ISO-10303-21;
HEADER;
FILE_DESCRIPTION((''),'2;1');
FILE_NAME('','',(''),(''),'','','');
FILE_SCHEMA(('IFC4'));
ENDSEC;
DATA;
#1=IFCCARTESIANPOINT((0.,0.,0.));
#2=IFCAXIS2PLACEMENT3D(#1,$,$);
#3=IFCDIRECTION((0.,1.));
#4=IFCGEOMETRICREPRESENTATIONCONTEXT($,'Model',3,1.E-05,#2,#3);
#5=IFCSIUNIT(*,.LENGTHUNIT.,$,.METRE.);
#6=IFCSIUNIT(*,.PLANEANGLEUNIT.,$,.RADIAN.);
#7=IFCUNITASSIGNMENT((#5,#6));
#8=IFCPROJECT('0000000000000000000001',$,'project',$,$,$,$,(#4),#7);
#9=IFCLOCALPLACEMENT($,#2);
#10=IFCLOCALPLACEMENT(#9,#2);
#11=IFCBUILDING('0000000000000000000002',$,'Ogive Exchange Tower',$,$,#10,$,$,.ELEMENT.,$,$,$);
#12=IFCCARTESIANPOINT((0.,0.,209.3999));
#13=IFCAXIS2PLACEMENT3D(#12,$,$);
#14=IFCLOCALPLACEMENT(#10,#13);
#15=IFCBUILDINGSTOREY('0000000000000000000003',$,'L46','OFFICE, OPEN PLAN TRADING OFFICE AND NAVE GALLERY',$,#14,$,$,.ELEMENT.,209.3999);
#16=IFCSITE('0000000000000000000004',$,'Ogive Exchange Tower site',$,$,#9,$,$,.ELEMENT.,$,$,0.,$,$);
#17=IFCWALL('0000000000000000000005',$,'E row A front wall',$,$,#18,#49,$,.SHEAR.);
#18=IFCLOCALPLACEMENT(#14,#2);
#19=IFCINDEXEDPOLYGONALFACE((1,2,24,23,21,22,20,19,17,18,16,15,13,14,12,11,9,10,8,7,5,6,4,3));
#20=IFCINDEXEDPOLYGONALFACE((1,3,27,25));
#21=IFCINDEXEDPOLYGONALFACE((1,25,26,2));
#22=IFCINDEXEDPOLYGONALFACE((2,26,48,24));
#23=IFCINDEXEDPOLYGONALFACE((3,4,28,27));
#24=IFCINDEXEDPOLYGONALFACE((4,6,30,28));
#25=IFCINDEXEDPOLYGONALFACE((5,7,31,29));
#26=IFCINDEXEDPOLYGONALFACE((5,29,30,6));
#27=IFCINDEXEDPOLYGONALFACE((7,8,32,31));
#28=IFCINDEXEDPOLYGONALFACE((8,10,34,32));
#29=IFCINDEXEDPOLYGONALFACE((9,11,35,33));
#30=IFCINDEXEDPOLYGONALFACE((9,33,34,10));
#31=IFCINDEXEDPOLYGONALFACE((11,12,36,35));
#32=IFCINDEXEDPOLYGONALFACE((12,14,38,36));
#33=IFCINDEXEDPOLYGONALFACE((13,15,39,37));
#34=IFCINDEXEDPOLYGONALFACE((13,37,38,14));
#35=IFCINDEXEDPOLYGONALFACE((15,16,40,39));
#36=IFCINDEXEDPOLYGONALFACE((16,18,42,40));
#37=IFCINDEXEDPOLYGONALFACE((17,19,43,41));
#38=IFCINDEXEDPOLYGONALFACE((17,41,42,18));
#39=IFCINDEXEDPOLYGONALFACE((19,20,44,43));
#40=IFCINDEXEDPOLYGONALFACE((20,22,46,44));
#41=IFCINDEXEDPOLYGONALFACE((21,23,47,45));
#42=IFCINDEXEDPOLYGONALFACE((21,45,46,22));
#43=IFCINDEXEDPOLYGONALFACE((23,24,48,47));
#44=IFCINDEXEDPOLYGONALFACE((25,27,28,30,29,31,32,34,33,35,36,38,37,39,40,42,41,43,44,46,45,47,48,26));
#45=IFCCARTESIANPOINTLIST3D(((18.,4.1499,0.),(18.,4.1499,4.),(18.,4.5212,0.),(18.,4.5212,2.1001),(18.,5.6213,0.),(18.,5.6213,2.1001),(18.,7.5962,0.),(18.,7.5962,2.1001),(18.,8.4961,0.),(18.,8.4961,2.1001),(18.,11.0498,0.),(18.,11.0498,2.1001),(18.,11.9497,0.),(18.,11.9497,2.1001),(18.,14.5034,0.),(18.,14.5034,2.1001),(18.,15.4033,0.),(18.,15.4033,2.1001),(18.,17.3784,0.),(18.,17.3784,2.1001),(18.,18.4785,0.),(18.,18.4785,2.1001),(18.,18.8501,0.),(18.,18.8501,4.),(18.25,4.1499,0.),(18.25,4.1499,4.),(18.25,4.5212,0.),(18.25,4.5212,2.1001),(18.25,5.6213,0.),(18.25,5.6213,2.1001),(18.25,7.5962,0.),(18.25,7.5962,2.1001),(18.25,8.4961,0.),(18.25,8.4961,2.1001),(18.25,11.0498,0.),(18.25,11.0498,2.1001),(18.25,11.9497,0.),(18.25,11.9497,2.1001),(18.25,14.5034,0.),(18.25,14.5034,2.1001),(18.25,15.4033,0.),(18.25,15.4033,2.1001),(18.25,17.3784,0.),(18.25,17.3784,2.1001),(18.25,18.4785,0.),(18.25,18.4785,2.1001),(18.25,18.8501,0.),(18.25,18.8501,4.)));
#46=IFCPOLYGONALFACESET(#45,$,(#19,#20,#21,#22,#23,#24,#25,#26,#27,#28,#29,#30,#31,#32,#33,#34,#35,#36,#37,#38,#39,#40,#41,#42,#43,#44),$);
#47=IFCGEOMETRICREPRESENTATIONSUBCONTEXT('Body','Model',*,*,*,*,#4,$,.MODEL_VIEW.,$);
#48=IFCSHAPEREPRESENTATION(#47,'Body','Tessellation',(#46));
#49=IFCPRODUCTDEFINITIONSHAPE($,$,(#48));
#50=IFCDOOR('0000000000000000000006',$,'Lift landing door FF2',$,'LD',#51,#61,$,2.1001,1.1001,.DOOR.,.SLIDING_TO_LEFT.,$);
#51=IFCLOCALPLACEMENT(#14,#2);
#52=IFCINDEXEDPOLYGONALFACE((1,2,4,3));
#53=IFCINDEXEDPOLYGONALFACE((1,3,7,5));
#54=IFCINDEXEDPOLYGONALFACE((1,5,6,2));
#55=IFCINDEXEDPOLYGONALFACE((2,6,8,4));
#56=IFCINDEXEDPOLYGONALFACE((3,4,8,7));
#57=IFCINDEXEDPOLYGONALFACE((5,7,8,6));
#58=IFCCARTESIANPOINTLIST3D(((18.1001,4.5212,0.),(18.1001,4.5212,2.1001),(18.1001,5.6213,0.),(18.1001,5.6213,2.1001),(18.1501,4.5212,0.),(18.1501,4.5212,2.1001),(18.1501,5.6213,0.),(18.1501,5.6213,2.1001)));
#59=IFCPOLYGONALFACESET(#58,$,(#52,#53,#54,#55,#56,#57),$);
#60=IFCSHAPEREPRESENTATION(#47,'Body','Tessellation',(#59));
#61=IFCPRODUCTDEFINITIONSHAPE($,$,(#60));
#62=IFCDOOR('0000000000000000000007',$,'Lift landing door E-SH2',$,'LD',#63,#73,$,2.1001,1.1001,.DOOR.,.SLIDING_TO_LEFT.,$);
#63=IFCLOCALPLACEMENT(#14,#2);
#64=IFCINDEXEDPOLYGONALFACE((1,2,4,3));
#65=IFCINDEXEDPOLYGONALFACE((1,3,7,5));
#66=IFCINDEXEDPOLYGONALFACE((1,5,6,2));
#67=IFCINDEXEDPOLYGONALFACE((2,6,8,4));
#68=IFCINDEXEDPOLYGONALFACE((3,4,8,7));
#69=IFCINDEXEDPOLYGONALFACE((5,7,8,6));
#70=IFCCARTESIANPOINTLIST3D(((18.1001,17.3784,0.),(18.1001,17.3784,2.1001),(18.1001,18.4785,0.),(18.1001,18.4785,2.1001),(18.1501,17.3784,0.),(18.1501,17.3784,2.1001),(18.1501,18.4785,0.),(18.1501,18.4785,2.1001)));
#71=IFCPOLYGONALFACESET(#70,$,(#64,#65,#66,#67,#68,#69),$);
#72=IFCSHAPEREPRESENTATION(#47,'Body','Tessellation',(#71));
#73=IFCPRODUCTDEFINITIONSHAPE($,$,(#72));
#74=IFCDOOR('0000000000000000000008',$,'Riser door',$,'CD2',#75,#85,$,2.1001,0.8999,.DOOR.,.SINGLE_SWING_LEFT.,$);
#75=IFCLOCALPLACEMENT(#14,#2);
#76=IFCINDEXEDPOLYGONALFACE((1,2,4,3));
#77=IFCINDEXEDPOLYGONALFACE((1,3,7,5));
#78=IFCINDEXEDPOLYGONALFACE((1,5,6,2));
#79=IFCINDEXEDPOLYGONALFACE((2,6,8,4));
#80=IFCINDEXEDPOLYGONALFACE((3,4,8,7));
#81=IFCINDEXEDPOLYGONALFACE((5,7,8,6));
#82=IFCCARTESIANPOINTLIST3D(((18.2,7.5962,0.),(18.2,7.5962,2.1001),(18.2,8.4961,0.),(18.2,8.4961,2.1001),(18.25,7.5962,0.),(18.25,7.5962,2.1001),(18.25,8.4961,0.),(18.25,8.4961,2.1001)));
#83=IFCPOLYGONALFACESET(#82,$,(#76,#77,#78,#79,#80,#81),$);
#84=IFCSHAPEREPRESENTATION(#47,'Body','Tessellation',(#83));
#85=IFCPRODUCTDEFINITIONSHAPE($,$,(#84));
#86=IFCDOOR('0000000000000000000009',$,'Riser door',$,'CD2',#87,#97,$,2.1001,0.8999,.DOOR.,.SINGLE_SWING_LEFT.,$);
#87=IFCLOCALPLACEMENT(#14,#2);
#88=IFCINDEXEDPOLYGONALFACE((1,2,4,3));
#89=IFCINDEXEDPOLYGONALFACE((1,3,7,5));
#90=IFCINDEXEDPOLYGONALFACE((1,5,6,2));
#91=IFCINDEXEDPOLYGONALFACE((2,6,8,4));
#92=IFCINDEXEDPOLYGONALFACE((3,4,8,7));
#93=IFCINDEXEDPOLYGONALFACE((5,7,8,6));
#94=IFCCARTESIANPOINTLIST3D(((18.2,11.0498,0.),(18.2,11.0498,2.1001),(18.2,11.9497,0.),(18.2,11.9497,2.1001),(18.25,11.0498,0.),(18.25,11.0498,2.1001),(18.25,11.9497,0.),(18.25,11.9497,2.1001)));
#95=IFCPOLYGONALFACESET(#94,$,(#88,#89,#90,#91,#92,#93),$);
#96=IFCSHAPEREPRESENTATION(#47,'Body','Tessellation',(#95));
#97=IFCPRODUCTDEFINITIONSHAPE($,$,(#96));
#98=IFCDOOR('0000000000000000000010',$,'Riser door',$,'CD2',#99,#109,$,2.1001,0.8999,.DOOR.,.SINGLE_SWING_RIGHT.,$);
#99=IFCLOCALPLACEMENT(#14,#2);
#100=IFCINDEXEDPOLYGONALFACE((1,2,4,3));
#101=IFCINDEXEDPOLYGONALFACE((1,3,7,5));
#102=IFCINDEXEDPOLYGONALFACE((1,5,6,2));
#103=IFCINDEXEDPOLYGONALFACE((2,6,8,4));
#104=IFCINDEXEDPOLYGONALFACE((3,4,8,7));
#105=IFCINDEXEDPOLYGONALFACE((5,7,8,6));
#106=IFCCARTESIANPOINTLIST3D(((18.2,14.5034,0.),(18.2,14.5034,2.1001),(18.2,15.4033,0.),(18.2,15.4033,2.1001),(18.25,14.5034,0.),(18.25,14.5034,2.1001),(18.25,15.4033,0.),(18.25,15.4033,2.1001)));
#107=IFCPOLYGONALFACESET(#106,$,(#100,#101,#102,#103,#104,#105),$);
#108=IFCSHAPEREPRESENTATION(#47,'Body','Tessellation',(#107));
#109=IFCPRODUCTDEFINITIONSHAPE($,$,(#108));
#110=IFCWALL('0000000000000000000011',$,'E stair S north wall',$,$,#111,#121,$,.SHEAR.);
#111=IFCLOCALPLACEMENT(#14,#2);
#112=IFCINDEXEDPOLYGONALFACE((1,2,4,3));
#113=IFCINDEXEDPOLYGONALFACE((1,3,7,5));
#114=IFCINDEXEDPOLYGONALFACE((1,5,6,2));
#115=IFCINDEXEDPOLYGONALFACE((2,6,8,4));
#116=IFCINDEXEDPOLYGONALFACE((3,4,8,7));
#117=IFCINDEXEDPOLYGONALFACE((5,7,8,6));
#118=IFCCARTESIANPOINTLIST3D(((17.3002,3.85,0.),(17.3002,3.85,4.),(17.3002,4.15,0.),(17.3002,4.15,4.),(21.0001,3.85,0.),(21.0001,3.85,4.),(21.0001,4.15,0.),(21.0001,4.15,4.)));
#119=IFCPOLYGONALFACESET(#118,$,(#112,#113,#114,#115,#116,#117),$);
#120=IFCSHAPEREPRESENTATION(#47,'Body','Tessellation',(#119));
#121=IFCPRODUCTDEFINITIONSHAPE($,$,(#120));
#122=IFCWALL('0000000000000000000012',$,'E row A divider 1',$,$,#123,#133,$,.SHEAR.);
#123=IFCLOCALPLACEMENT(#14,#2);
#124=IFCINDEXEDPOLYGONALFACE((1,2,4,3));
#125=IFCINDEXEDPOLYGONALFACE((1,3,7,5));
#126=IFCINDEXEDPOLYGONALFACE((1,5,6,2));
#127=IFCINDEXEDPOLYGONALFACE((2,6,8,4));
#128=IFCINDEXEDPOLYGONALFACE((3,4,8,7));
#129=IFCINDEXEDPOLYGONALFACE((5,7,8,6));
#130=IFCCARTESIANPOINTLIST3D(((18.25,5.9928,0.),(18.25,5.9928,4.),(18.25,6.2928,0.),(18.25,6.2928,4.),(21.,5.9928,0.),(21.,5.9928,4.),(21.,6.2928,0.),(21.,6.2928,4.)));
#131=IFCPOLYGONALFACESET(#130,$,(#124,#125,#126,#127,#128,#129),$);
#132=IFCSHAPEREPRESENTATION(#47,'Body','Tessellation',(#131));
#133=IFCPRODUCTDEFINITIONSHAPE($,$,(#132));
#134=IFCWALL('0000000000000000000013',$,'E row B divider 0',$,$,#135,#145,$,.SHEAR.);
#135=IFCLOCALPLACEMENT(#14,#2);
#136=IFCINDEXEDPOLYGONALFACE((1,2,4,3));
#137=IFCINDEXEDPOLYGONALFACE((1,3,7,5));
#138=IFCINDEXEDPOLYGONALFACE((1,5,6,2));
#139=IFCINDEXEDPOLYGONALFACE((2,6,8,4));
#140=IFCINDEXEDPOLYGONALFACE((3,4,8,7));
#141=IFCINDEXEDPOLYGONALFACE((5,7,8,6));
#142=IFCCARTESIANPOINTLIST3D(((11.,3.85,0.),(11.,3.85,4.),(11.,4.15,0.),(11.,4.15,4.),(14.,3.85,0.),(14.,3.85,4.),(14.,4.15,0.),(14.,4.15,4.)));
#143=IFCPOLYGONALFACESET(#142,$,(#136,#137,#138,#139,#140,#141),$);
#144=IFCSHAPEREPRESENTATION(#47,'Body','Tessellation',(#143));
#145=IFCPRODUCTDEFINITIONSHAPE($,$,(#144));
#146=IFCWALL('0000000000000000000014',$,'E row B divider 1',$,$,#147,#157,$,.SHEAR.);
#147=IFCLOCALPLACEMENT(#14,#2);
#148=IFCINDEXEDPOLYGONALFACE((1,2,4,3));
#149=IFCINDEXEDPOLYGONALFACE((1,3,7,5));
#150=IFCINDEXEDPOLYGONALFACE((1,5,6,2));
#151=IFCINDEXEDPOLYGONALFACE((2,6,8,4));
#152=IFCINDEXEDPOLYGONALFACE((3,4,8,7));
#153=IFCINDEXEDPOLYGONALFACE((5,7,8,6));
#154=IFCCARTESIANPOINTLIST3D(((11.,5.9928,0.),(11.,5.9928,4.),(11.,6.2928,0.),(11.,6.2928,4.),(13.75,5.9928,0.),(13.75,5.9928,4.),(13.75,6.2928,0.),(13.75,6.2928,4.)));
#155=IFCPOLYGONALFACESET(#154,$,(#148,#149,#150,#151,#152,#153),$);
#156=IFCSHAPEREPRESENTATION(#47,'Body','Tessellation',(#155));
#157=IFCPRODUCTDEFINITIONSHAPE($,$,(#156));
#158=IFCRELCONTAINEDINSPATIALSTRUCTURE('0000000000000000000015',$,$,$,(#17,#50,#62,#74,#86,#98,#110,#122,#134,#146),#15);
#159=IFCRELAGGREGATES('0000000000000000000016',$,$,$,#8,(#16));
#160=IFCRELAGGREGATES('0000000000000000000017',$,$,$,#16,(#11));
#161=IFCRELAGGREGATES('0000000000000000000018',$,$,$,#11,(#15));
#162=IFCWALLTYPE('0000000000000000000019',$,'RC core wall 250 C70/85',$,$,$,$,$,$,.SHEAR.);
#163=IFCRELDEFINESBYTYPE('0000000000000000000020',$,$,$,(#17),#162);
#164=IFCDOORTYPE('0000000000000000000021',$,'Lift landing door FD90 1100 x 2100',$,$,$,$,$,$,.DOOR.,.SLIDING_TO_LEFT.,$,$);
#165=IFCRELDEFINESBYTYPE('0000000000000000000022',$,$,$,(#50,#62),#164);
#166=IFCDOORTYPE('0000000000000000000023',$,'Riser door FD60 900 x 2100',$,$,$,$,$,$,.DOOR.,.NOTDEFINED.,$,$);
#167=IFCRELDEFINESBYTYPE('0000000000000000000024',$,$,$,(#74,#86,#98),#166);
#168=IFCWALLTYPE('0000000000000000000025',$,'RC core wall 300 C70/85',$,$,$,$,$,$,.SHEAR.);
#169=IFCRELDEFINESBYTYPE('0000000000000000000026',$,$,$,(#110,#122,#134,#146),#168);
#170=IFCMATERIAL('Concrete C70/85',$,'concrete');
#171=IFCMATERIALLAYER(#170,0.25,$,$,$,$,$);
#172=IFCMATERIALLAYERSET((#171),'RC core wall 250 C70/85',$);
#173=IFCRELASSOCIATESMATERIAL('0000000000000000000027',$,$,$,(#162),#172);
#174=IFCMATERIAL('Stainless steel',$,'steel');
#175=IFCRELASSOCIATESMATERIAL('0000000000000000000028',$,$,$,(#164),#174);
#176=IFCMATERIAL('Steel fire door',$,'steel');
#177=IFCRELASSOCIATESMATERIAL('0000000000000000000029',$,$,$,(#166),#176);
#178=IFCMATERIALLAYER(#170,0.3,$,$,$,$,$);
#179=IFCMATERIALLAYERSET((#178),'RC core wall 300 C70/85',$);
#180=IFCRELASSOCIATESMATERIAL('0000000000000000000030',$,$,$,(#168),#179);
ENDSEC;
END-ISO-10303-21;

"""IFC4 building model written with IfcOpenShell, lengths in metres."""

from ifc_helpers import new_model, si_unit, direction, frame, frame_2d, origin, place, context, subcontext, project, spatial, rectangle, extrude, material, layer, layer_set, type_object, element, fill, save


model = new_model("IFC4")

# Units and contexts
model_context = context("Model", 3, precision=1e-05, world=origin(), true_north=direction((0.0, 1.0)))
body_context = subcontext(model_context, "Body", "Model", "MODEL_VIEW")
ifc_project = project(units=[si_unit("LENGTHUNIT", "METRE"), si_unit("PLANEANGLEUNIT", "RADIAN")], contexts=[model_context])

# Site, building, storey
site_placement = place(None, origin())
site = spatial("IfcSite", under=ifc_project, at=site_placement, Name="Ogive Exchange Tower site", CompositionType="ELEMENT", RefElevation=0.0)
building_placement = place(site_placement, origin())
building = spatial("IfcBuilding", under=site, at=building_placement, Name="Ogive Exchange Tower", CompositionType="ELEMENT")
storey_placement = place(building_placement, frame((0.0, 0.0, 209.3999)))
storey = spatial("IfcBuildingStorey", under=building, at=storey_placement, Name="L46", Description="OFFICE, OPEN PLAN TRADING OFFICE AND NAVE GALLERY", CompositionType="ELEMENT", Elevation=209.3999)

# Shared definitions
ifc_material_1 = material(Name="Concrete C70/85", Category="concrete")

# Shared definitions
ifc_material_2 = material(Name="Steel fire door", Category="steel")
ifc_layer_1 = layer(ifc_material_1, 0.25)
ifc_layer_set_1 = layer_set([ifc_layer_1], Name="RC core wall 250 C70/85")
wall_type_1 = type_object("IfcWallType", Name="RC core wall 250 C70/85", PredefinedType="SHEAR", material=ifc_layer_set_1)

# Wall, openings, doors
wall_1_placement = place(storey_placement, frame((18.125, 4.1499, 0.0), z_axis=(0.0, 0.0, 1.0), x_axis=(0.0, 1.0, 0.0)))
wall_1 = element("IfcWall", 1, at=wall_1_placement, inside=storey, type_object=wall_type_1, Name="E row A front wall", PredefinedType="SHEAR", context=body_context, shape_type="SweptSolid", body=[
    extrude(rectangle(XDim=14.7002, YDim=0.25, at=frame_2d((7.3501, 0.0))), origin(), (0.0, 0.0, 1.0), 4.0),
])
opening_1_placement = place(wall_1_placement, frame((3.4463, 0.0, 0.0)))
opening_1 = element("IfcOpeningElement", 2, at=opening_1_placement, cuts=wall_1, PredefinedType="OPENING", context=body_context, shape_type="SweptSolid", body=[
    extrude(rectangle(XDim=0.8999, YDim=2.1001, at=frame_2d((0.45, 1.05))), frame((0.0, 0.135, 0.0), z_axis=(0.0, -1.0, 0.0), x_axis=(1.0, 0.0, 0.0)), (0.0, 0.0, 1.0), 0.27),
])
opening_2_placement = place(wall_1_placement, frame((6.8999, 0.0, 0.0)))
opening_2 = element("IfcOpeningElement", 3, at=opening_2_placement, cuts=wall_1, PredefinedType="OPENING", context=body_context, shape_type="SweptSolid", body=[
    extrude(rectangle(XDim=0.8999, YDim=2.1001, at=frame_2d((0.45, 1.05))), frame((0.0, 0.135, 0.0), z_axis=(0.0, -1.0, 0.0), x_axis=(1.0, 0.0, 0.0)), (0.0, 0.0, 1.0), 0.27),
])
opening_3_placement = place(wall_1_placement, frame((10.3535, 0.0, 0.0)))
opening_3 = element("IfcOpeningElement", 4, at=opening_3_placement, cuts=wall_1, PredefinedType="OPENING", context=body_context, shape_type="SweptSolid", body=[
    extrude(rectangle(XDim=0.8999, YDim=2.1001, at=frame_2d((0.45, 1.05))), frame((0.0, 0.135, 0.0), z_axis=(0.0, -1.0, 0.0), x_axis=(1.0, 0.0, 0.0)), (0.0, 0.0, 1.0), 0.27),
])
opening_4_placement = place(wall_1_placement, frame((0.3713, 0.0, 0.0)))
opening_4 = element("IfcOpeningElement", 5, at=opening_4_placement, cuts=wall_1, PredefinedType="OPENING", context=body_context, shape_type="SweptSolid", body=[
    extrude(rectangle(XDim=1.1001, YDim=2.1001, at=frame_2d((0.55, 1.05))), frame((0.0, 0.135, 0.0), z_axis=(0.0, -1.0, 0.0), x_axis=(1.0, 0.0, 0.0)), (0.0, 0.0, 1.0), 0.27),
])
opening_5_placement = place(wall_1_placement, frame((13.2285, 0.0, 0.0)))
opening_5 = element("IfcOpeningElement", 6, at=opening_5_placement, cuts=wall_1, PredefinedType="OPENING", context=body_context, shape_type="SweptSolid", body=[
    extrude(rectangle(XDim=1.1001, YDim=2.1001, at=frame_2d((0.55, 1.05))), frame((0.0, 0.135, 0.0), z_axis=(0.0, -1.0, 0.0), x_axis=(1.0, 0.0, 0.0)), (0.0, 0.0, 1.0), 0.27),
])
ifc_material_3 = material(Name="Stainless steel", Category="steel")
door_type_1 = type_object("IfcDoorType", Name="Lift landing door FD90 1100 x 2100", OperationType="SLIDING_TO_LEFT", PredefinedType="DOOR", material=ifc_material_3)
door_1_placement = place(opening_4_placement, origin())
door_1 = element("IfcDoor", 7, at=door_1_placement, inside=storey, type_object=door_type_1, Name="Lift landing door FF2", ObjectType="LD", OperationType="SLIDING_TO_LEFT", OverallHeight=2.1001, OverallWidth=1.1001, PredefinedType="DOOR", context=body_context, shape_type="SweptSolid", body=[
    extrude(rectangle(XDim=1.1001, YDim=2.1001, at=frame_2d((0.55, 1.05))), frame((0.0, 0.0249, 0.0), z_axis=(0.0, -1.0, 0.0), x_axis=(1.0, 0.0, 0.0)), (0.0, 0.0, 1.0), 0.05),
])
fill(opening_4, door_1)
door_2_placement = place(opening_5_placement, origin())
door_2 = element("IfcDoor", 8, at=door_2_placement, inside=storey, type_object=door_type_1, Name="Lift landing door E-SH2", ObjectType="LD", OperationType="SLIDING_TO_LEFT", OverallHeight=2.1001, OverallWidth=1.1001, PredefinedType="DOOR", context=body_context, shape_type="SweptSolid", body=[
    extrude(rectangle(XDim=1.1001, YDim=2.1001, at=frame_2d((0.55, 1.05))), frame((0.0, 0.0249, 0.0), z_axis=(0.0, -1.0, 0.0), x_axis=(1.0, 0.0, 0.0)), (0.0, 0.0, 1.0), 0.05),
])
fill(opening_5, door_2)
door_type_2 = type_object("IfcDoorType", Name="Riser door FD60 900 x 2100", OperationType="NOTDEFINED", PredefinedType="DOOR", material=ifc_material_2)
door_3_placement = place(opening_1_placement, frame((0.8999, -0.2002, 0.0), z_axis=(0.0, 0.0, 1.0), x_axis=(-1.0, 0.0, 0.0)))
door_3 = element("IfcDoor", 9, at=door_3_placement, inside=storey, type_object=door_type_2, Name="Riser door", ObjectType="CD2", OperationType="SINGLE_SWING_LEFT", OverallHeight=2.1001, OverallWidth=0.8999, PredefinedType="DOOR", context=body_context, shape_type="SweptSolid", body=[
    extrude(rectangle(XDim=0.8999, YDim=2.1001, at=frame_2d((0.45, 1.05))), frame((0.0, -0.0752, 0.0), z_axis=(0.0, -1.0, 0.0), x_axis=(1.0, 0.0, 0.0)), (0.0, 0.0, 1.0), 0.05),
])
fill(opening_1, door_3)
door_4_placement = place(opening_2_placement, frame((0.8999, -0.2002, 0.0), z_axis=(0.0, 0.0, 1.0), x_axis=(-1.0, 0.0, 0.0)))
door_4 = element("IfcDoor", 10, at=door_4_placement, inside=storey, type_object=door_type_2, Name="Riser door", ObjectType="CD2", OperationType="SINGLE_SWING_LEFT", OverallHeight=2.1001, OverallWidth=0.8999, PredefinedType="DOOR", context=body_context, shape_type="SweptSolid", body=[
    extrude(rectangle(XDim=0.8999, YDim=2.1001, at=frame_2d((0.45, 1.05))), frame((0.0, -0.0752, 0.0), z_axis=(0.0, -1.0, 0.0), x_axis=(1.0, 0.0, 0.0)), (0.0, 0.0, 1.0), 0.05),
])
fill(opening_2, door_4)
door_5_placement = place(opening_3_placement, frame((0.8999, -0.2002, 0.0), z_axis=(0.0, 0.0, 1.0), x_axis=(-1.0, 0.0, 0.0)))
door_5 = element("IfcDoor", 11, at=door_5_placement, inside=storey, type_object=door_type_2, Name="Riser door", ObjectType="CD2", OperationType="SINGLE_SWING_RIGHT", OverallHeight=2.1001, OverallWidth=0.8999, PredefinedType="DOOR", context=body_context, shape_type="SweptSolid", body=[
    extrude(rectangle(XDim=0.8999, YDim=2.1001, at=frame_2d((0.45, 1.05))), frame((0.0, -0.0752, 0.0), z_axis=(0.0, -1.0, 0.0), x_axis=(1.0, 0.0, 0.0)), (0.0, 0.0, 1.0), 0.05),
])
fill(opening_3, door_5)

# Walls
ifc_layer_2 = layer(ifc_material_1, 0.3)
ifc_layer_set_2 = layer_set([ifc_layer_2], Name="RC core wall 300 C70/85")
wall_type_2 = type_object("IfcWallType", Name="RC core wall 300 C70/85", PredefinedType="SHEAR", material=ifc_layer_set_2)
wall_2_placement = place(storey_placement, frame((17.3, 4.0, 0.0), z_axis=(0.0, 0.0, 1.0), x_axis=(1.0, 0.0, 0.0)))
element("IfcWall", 12, at=wall_2_placement, inside=storey, type_object=wall_type_2, Name="E stair S north wall", PredefinedType="SHEAR", context=body_context, shape_type="SweptSolid", body=[
    extrude(rectangle(XDim=3.7, YDim=0.3, at=frame_2d((1.8501, 0.0))), origin(), (0.0, 0.0, 1.0), 4.0),
])
wall_3_placement = place(storey_placement, frame((18.25, 6.1428, 0.0), z_axis=(0.0, 0.0, 1.0), x_axis=(1.0, 0.0, 0.0)))
element("IfcWall", 13, at=wall_3_placement, inside=storey, type_object=wall_type_2, Name="E row A divider 1", PredefinedType="SHEAR", context=body_context, shape_type="SweptSolid", body=[
    extrude(rectangle(XDim=2.75, YDim=0.3, at=frame_2d((1.375, 0.0))), origin(), (0.0, 0.0, 1.0), 4.0),
])
wall_4_placement = place(storey_placement, frame((11.0, 4.0, 0.0), z_axis=(0.0, 0.0, 1.0), x_axis=(1.0, 0.0, 0.0)))
element("IfcWall", 14, at=wall_4_placement, inside=storey, type_object=wall_type_2, Name="E row B divider 0", PredefinedType="SHEAR", context=body_context, shape_type="SweptSolid", body=[
    extrude(rectangle(XDim=3.0, YDim=0.3, at=frame_2d((1.5, 0.0))), origin(), (0.0, 0.0, 1.0), 4.0),
])
wall_5_placement = place(storey_placement, frame((11.0, 6.1428, 0.0), z_axis=(0.0, 0.0, 1.0), x_axis=(1.0, 0.0, 0.0)))
element("IfcWall", 15, at=wall_5_placement, inside=storey, type_object=wall_type_2, Name="E row B divider 1", PredefinedType="SHEAR", context=body_context, shape_type="SweptSolid", body=[
    extrude(rectangle(XDim=2.75, YDim=0.3, at=frame_2d((1.375, 0.0))), origin(), (0.0, 0.0, 1.0), 4.0),
])

save(model, "model.ifc")
